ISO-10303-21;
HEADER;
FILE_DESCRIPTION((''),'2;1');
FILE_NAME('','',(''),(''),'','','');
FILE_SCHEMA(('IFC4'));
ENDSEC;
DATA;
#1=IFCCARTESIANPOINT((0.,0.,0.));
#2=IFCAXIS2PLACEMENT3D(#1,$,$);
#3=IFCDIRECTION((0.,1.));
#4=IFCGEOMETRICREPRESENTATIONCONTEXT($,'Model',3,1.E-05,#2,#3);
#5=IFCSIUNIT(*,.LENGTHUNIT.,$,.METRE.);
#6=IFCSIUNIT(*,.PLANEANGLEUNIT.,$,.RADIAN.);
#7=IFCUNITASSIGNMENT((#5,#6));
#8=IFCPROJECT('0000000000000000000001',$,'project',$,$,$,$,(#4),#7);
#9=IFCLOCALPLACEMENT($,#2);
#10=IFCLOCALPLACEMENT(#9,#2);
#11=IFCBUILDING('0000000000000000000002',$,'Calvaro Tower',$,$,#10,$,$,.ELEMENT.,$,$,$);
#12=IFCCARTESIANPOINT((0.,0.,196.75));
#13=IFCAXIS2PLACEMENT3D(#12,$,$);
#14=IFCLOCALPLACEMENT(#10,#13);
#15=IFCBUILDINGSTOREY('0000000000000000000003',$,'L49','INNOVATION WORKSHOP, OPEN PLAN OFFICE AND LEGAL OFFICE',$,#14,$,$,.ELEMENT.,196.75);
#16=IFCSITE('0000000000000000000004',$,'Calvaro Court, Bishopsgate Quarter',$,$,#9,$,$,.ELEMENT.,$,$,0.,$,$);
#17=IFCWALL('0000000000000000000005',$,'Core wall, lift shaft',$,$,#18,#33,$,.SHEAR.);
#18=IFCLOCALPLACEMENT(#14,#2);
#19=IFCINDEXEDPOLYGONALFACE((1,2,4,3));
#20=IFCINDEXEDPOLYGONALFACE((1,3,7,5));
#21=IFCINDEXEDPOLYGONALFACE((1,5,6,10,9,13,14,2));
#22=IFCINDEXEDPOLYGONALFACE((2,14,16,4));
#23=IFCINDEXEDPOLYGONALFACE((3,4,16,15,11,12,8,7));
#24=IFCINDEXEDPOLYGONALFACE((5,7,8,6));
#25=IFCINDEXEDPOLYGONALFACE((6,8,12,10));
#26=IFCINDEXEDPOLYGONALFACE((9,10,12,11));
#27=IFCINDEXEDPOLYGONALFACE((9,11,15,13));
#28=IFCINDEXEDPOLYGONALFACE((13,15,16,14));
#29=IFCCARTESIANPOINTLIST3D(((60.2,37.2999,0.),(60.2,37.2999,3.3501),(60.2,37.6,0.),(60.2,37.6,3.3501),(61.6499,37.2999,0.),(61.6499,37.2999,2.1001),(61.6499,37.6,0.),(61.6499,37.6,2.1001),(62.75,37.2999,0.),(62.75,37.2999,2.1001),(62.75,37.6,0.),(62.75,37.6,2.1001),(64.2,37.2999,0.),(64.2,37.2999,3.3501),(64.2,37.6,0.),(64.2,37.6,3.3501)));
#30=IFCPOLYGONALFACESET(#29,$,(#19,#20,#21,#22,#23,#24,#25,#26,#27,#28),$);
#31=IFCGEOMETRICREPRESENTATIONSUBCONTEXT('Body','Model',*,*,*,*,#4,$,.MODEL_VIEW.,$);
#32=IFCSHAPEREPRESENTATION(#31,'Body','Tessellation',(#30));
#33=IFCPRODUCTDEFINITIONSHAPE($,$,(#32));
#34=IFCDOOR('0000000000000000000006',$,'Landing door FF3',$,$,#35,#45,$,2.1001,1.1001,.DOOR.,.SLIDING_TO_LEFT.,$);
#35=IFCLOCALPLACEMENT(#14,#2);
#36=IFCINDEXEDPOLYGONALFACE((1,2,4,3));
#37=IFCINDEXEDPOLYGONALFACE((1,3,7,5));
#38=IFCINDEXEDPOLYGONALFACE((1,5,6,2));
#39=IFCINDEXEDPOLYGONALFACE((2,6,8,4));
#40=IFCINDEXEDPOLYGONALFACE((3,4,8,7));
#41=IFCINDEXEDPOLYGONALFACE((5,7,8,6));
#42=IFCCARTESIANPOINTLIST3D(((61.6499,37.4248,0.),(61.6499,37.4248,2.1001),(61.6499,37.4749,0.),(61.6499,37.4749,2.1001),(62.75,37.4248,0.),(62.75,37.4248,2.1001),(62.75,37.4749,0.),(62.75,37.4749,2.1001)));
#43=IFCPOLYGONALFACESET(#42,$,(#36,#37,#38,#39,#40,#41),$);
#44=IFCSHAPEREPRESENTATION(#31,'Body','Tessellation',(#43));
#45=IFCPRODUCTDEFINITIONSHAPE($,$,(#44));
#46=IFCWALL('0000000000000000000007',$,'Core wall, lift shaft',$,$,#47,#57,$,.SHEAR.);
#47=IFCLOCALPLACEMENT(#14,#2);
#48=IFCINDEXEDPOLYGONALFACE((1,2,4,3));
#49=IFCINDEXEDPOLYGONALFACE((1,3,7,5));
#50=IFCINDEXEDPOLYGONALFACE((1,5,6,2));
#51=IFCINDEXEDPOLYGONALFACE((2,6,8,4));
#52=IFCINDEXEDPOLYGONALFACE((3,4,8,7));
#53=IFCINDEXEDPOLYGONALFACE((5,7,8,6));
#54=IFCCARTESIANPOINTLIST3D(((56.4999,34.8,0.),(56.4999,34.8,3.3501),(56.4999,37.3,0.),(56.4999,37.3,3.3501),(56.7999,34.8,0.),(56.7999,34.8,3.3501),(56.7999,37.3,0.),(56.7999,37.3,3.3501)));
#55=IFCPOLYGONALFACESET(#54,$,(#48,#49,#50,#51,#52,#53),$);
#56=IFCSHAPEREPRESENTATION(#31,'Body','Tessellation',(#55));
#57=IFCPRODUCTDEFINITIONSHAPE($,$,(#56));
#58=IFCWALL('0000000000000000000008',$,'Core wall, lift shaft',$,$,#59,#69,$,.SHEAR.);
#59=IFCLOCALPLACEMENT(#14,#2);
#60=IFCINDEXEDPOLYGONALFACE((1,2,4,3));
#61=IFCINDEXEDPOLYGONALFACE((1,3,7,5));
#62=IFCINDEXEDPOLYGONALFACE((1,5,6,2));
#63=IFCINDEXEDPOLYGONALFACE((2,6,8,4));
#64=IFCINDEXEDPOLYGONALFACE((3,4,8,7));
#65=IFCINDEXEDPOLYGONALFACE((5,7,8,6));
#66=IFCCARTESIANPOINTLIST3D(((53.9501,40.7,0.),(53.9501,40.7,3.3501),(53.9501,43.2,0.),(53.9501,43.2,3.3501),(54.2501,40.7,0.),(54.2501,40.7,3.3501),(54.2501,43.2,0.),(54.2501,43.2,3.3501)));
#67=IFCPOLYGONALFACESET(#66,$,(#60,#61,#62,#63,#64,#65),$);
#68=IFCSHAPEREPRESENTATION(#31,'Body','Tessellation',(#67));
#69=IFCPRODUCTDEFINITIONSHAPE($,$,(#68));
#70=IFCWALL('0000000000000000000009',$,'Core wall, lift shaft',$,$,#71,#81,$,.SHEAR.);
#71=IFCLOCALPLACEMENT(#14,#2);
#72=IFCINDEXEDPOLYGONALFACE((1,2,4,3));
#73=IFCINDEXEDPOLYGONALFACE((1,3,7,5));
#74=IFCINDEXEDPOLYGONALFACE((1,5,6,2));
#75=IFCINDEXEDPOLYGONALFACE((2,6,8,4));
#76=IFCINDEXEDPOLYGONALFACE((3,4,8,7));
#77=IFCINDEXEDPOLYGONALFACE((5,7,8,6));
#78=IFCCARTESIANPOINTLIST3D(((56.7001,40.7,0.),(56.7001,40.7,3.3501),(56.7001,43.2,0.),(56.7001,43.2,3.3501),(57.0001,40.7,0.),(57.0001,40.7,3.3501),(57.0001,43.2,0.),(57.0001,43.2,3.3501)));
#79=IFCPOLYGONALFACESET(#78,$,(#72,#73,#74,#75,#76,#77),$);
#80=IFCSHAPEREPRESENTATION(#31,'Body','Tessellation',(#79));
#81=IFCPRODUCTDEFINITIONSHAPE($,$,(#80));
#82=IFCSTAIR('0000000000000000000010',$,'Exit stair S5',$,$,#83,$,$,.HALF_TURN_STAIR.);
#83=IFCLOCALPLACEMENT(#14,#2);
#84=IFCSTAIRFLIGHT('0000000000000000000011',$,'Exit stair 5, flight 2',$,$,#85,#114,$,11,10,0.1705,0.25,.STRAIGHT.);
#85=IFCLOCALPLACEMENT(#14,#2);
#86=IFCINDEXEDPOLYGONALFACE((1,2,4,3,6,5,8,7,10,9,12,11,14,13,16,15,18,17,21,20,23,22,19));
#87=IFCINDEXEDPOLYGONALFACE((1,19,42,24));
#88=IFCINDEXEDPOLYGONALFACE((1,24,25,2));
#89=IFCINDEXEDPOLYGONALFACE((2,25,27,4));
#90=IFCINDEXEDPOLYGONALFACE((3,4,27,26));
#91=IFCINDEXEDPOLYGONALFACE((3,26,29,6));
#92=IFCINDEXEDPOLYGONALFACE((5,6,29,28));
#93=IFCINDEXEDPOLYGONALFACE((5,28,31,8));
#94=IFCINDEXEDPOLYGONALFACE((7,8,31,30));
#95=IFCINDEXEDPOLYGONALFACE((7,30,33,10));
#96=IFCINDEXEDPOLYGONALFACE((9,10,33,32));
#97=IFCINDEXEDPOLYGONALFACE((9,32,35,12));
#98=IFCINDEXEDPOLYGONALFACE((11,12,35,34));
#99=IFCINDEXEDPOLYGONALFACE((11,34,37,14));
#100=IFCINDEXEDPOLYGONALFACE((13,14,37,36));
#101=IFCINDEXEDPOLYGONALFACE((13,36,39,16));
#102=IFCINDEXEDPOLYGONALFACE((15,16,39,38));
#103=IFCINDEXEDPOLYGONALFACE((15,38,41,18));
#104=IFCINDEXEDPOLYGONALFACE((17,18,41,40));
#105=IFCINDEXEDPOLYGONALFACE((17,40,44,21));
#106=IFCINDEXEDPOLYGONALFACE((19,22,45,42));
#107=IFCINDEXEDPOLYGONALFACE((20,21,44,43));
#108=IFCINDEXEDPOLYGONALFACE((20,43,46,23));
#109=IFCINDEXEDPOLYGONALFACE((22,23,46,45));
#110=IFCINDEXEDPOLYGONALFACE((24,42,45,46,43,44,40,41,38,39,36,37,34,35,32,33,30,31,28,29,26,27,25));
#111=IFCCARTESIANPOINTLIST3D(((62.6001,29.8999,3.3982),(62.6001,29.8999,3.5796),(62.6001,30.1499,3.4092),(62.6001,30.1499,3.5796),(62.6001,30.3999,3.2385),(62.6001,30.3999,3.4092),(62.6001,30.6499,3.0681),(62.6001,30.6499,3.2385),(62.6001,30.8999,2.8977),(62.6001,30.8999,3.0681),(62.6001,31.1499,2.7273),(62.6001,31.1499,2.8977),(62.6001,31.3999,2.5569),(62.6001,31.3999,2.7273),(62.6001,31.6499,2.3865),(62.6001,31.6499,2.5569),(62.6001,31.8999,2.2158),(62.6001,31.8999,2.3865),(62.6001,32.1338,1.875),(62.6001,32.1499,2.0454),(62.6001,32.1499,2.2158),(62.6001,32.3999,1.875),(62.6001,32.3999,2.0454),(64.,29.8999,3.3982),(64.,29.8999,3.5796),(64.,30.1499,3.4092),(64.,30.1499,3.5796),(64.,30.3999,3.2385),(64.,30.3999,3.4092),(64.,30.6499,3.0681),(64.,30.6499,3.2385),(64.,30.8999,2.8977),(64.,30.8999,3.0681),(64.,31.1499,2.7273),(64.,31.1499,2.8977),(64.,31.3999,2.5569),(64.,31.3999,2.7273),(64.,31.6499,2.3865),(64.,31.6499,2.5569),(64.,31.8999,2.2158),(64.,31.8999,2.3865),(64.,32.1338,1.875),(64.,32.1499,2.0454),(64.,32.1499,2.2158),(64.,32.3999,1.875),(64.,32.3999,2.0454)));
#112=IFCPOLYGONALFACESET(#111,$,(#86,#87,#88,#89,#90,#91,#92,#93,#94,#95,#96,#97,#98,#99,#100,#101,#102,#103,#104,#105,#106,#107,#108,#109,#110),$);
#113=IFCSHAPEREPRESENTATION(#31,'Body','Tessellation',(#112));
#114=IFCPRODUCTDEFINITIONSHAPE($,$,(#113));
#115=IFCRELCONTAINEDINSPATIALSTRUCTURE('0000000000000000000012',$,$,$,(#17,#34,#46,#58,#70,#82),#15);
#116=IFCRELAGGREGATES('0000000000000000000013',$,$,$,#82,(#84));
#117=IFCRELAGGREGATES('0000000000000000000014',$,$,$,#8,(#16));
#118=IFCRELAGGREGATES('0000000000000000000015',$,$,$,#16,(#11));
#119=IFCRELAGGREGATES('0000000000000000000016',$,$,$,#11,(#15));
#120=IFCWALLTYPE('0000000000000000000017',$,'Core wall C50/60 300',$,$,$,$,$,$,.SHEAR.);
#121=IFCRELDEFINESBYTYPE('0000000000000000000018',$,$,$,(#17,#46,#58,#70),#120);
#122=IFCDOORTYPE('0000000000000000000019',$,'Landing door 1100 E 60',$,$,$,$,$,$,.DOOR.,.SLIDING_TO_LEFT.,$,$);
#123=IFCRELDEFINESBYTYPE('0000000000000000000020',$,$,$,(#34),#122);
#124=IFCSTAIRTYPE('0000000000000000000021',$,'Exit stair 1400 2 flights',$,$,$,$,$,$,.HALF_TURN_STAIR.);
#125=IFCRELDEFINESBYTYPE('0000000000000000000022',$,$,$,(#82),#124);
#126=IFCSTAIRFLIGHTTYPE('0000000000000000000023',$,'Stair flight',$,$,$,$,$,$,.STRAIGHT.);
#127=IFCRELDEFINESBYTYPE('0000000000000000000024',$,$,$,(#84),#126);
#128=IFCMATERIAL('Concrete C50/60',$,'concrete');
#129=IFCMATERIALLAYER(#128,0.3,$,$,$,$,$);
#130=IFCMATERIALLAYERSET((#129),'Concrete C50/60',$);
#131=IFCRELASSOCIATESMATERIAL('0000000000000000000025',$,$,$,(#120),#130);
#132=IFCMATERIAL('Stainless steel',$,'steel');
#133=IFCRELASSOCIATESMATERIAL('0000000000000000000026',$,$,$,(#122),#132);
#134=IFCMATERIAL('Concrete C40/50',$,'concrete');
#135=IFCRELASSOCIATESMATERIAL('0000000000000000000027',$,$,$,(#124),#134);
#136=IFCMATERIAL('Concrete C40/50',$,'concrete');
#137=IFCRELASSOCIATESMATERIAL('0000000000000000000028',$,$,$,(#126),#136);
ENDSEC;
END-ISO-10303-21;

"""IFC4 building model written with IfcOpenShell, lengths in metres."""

from ifc_helpers import new_model, si_unit, direction, frame, frame_2d, origin, place, context, subcontext, project, spatial, polyline, rectangle, outline, extrude, material, layer, layer_set, type_object, element, fill, aggregate, save


model = new_model("IFC4")

# Units and contexts
model_context = context("Model", 3, precision=1e-05, world=origin(), true_north=direction((0.0, 1.0)))
body_context = subcontext(model_context, "Body", "Model", "MODEL_VIEW")
ifc_project = project(units=[si_unit("LENGTHUNIT", "METRE"), si_unit("PLANEANGLEUNIT", "RADIAN")], contexts=[model_context])

# Site, building, storey
site_placement = place(None, origin())
site = spatial("IfcSite", under=ifc_project, at=site_placement, Name="Calvaro Court, Bishopsgate Quarter", CompositionType="ELEMENT", RefElevation=0.0)
building_placement = place(site_placement, origin())
building = spatial("IfcBuilding", under=site, at=building_placement, Name="Calvaro Tower", CompositionType="ELEMENT")
storey_placement = place(building_placement, frame((0.0, 0.0, 196.75)))
storey = spatial("IfcBuildingStorey", under=building, at=storey_placement, Name="L49", Description="INNOVATION WORKSHOP, OPEN PLAN OFFICE AND LEGAL OFFICE", CompositionType="ELEMENT", Elevation=196.75)

# Shared definitions
ifc_material_1 = material(Name="Concrete C50/60", Category="concrete")
ifc_layer_1 = layer(ifc_material_1, 0.3)
ifc_layer_set_1 = layer_set([ifc_layer_1], Name="Concrete C50/60")
wall_type_1 = type_object("IfcWallType", Name="Core wall C50/60 300", PredefinedType="SHEAR", material=ifc_layer_set_1)

# Wall, opening, door
wall_1_placement = place(storey_placement, frame((60.2, 37.45, 0.0), z_axis=(0.0, 0.0, 1.0), x_axis=(1.0, 0.0, 0.0)))
wall_1 = element("IfcWall", 1, at=wall_1_placement, inside=storey, type_object=wall_type_1, Name="Core wall, lift shaft", PredefinedType="SHEAR", context=body_context, shape_type="SweptSolid", body=[
    extrude(rectangle(XDim=4.0, YDim=0.3, at=frame_2d((2.0, 0.0))), origin(), (0.0, 0.0, 1.0), 3.3501),
])
opening_1_placement = place(wall_1_placement, frame((1.45, 0.0, 0.0)))
opening_1 = element("IfcOpeningElement", 2, at=opening_1_placement, cuts=wall_1, PredefinedType="OPENING", context=body_context, shape_type="SweptSolid", body=[
    extrude(rectangle(XDim=1.1001, YDim=2.1001, at=frame_2d((0.55, 1.05))), frame((0.0, 0.1599, 0.0), z_axis=(0.0, -1.0, 0.0), x_axis=(1.0, 0.0, 0.0)), (0.0, 0.0, 1.0), 0.3201),
])
ifc_material_2 = material(Name="Stainless steel", Category="steel")
door_type_1 = type_object("IfcDoorType", Name="Landing door 1100 E 60", OperationType="SLIDING_TO_LEFT", PredefinedType="DOOR", material=ifc_material_2)
door_1_placement = place(opening_1_placement, origin())
door_1 = element("IfcDoor", 3, at=door_1_placement, inside=storey, type_object=door_type_1, Name="Landing door FF3", OperationType="SLIDING_TO_LEFT", OverallHeight=2.1001, OverallWidth=1.1001, PredefinedType="DOOR", context=body_context, shape_type="SweptSolid", body=[
    extrude(rectangle(XDim=1.1001, YDim=2.1001, at=frame_2d((0.55, 1.05))), frame((0.0, 0.0249, 0.0), z_axis=(0.0, -1.0, 0.0), x_axis=(1.0, 0.0, 0.0)), (0.0, 0.0, 1.0), 0.05),
])
fill(opening_1, door_1)

# Walls
for number, where, z_axis, x_axis, name in (
    (4, (56.6499, 34.8, 0.0), (0.0, 0.0, 1.0), (0.0, 1.0, 0.0), "Core wall, lift shaft"),
    (5, (54.1001, 40.7, 0.0), (0.0, 0.0, 1.0), (0.0, 1.0, 0.0), "Core wall, lift shaft"),
    (6, (56.8501, 40.7, 0.0), (0.0, 0.0, 1.0), (0.0, 1.0, 0.0), "Core wall, lift shaft"),
):
    element("IfcWall", number, at=place(storey_placement, frame(where, z_axis=z_axis, x_axis=x_axis)), inside=storey, type_object=wall_type_1, Name=name, PredefinedType="SHEAR", context=body_context, shape_type="SweptSolid", body=[
        extrude(rectangle(XDim=2.5, YDim=0.3, at=frame_2d((1.25, 0.0))), origin(), (0.0, 0.0, 1.0), 3.3501),
    ])

# Stair, stair flight
ifc_material_3 = material(Name="Concrete C40/50", Category="concrete")
stair_type = type_object("IfcStairType", Name="Exit stair 1400 2 flights", PredefinedType="HALF_TURN_STAIR", material=ifc_material_3)
stair_placement = place(storey_placement, origin())
stair = element("IfcStair", 7, at=stair_placement, inside=storey, type_object=stair_type, Name="Exit stair S5", PredefinedType="HALF_TURN_STAIR")
ifc_material_4 = material(Name="Concrete C40/50", Category="concrete")
stair_flight_type = type_object("IfcStairFlightType", Name="Stair flight", PredefinedType="STRAIGHT", material=ifc_material_4)
stair_flight_placement = place(storey_placement, frame((63.3, 32.3999, 1.875), z_axis=(0.0, 0.0, 1.0), x_axis=(0.0, -1.0, 0.0)))
stair_flight = element("IfcStairFlight", 8, at=stair_flight_placement, type_object=stair_flight_type, Name="Exit stair 5, flight 2", NumberOfRisers=11, NumberOfTreads=10, PredefinedType="STRAIGHT", RiserHeight=0.1705, TreadLength=0.25, context=body_context, shape_type="SweptSolid", body=[
    extrude(outline(polyline([(0.0, 0.0), (0.0, 0.1704), (0.25, 0.1704), (0.25, 0.3408), (0.5, 0.3408), (0.5, 0.5115), (0.75, 0.5115), (0.75, 0.6819), (1.0, 0.6819), (1.0, 0.8523), (1.25, 0.8523), (1.25, 1.0227), (1.5, 1.0227), (1.5, 1.1931), (1.75, 1.1931), (1.75, 1.3635), (2.0, 1.3635), (2.0, 1.5342), (2.25, 1.5342), (2.25, 1.7046), (2.5, 1.7046), (2.5, 1.875), (2.5, 1.5232), (0.2661, 0.0), (0.0, 0.0)])), frame((0.0, 0.7, 0.0), z_axis=(0.0, -1.0, 0.0), x_axis=(1.0, 0.0, 0.0)), (0.0, 0.0, 1.0), 1.3999),
])
aggregate(stair, [stair_flight])

save(model, "model.ifc")
